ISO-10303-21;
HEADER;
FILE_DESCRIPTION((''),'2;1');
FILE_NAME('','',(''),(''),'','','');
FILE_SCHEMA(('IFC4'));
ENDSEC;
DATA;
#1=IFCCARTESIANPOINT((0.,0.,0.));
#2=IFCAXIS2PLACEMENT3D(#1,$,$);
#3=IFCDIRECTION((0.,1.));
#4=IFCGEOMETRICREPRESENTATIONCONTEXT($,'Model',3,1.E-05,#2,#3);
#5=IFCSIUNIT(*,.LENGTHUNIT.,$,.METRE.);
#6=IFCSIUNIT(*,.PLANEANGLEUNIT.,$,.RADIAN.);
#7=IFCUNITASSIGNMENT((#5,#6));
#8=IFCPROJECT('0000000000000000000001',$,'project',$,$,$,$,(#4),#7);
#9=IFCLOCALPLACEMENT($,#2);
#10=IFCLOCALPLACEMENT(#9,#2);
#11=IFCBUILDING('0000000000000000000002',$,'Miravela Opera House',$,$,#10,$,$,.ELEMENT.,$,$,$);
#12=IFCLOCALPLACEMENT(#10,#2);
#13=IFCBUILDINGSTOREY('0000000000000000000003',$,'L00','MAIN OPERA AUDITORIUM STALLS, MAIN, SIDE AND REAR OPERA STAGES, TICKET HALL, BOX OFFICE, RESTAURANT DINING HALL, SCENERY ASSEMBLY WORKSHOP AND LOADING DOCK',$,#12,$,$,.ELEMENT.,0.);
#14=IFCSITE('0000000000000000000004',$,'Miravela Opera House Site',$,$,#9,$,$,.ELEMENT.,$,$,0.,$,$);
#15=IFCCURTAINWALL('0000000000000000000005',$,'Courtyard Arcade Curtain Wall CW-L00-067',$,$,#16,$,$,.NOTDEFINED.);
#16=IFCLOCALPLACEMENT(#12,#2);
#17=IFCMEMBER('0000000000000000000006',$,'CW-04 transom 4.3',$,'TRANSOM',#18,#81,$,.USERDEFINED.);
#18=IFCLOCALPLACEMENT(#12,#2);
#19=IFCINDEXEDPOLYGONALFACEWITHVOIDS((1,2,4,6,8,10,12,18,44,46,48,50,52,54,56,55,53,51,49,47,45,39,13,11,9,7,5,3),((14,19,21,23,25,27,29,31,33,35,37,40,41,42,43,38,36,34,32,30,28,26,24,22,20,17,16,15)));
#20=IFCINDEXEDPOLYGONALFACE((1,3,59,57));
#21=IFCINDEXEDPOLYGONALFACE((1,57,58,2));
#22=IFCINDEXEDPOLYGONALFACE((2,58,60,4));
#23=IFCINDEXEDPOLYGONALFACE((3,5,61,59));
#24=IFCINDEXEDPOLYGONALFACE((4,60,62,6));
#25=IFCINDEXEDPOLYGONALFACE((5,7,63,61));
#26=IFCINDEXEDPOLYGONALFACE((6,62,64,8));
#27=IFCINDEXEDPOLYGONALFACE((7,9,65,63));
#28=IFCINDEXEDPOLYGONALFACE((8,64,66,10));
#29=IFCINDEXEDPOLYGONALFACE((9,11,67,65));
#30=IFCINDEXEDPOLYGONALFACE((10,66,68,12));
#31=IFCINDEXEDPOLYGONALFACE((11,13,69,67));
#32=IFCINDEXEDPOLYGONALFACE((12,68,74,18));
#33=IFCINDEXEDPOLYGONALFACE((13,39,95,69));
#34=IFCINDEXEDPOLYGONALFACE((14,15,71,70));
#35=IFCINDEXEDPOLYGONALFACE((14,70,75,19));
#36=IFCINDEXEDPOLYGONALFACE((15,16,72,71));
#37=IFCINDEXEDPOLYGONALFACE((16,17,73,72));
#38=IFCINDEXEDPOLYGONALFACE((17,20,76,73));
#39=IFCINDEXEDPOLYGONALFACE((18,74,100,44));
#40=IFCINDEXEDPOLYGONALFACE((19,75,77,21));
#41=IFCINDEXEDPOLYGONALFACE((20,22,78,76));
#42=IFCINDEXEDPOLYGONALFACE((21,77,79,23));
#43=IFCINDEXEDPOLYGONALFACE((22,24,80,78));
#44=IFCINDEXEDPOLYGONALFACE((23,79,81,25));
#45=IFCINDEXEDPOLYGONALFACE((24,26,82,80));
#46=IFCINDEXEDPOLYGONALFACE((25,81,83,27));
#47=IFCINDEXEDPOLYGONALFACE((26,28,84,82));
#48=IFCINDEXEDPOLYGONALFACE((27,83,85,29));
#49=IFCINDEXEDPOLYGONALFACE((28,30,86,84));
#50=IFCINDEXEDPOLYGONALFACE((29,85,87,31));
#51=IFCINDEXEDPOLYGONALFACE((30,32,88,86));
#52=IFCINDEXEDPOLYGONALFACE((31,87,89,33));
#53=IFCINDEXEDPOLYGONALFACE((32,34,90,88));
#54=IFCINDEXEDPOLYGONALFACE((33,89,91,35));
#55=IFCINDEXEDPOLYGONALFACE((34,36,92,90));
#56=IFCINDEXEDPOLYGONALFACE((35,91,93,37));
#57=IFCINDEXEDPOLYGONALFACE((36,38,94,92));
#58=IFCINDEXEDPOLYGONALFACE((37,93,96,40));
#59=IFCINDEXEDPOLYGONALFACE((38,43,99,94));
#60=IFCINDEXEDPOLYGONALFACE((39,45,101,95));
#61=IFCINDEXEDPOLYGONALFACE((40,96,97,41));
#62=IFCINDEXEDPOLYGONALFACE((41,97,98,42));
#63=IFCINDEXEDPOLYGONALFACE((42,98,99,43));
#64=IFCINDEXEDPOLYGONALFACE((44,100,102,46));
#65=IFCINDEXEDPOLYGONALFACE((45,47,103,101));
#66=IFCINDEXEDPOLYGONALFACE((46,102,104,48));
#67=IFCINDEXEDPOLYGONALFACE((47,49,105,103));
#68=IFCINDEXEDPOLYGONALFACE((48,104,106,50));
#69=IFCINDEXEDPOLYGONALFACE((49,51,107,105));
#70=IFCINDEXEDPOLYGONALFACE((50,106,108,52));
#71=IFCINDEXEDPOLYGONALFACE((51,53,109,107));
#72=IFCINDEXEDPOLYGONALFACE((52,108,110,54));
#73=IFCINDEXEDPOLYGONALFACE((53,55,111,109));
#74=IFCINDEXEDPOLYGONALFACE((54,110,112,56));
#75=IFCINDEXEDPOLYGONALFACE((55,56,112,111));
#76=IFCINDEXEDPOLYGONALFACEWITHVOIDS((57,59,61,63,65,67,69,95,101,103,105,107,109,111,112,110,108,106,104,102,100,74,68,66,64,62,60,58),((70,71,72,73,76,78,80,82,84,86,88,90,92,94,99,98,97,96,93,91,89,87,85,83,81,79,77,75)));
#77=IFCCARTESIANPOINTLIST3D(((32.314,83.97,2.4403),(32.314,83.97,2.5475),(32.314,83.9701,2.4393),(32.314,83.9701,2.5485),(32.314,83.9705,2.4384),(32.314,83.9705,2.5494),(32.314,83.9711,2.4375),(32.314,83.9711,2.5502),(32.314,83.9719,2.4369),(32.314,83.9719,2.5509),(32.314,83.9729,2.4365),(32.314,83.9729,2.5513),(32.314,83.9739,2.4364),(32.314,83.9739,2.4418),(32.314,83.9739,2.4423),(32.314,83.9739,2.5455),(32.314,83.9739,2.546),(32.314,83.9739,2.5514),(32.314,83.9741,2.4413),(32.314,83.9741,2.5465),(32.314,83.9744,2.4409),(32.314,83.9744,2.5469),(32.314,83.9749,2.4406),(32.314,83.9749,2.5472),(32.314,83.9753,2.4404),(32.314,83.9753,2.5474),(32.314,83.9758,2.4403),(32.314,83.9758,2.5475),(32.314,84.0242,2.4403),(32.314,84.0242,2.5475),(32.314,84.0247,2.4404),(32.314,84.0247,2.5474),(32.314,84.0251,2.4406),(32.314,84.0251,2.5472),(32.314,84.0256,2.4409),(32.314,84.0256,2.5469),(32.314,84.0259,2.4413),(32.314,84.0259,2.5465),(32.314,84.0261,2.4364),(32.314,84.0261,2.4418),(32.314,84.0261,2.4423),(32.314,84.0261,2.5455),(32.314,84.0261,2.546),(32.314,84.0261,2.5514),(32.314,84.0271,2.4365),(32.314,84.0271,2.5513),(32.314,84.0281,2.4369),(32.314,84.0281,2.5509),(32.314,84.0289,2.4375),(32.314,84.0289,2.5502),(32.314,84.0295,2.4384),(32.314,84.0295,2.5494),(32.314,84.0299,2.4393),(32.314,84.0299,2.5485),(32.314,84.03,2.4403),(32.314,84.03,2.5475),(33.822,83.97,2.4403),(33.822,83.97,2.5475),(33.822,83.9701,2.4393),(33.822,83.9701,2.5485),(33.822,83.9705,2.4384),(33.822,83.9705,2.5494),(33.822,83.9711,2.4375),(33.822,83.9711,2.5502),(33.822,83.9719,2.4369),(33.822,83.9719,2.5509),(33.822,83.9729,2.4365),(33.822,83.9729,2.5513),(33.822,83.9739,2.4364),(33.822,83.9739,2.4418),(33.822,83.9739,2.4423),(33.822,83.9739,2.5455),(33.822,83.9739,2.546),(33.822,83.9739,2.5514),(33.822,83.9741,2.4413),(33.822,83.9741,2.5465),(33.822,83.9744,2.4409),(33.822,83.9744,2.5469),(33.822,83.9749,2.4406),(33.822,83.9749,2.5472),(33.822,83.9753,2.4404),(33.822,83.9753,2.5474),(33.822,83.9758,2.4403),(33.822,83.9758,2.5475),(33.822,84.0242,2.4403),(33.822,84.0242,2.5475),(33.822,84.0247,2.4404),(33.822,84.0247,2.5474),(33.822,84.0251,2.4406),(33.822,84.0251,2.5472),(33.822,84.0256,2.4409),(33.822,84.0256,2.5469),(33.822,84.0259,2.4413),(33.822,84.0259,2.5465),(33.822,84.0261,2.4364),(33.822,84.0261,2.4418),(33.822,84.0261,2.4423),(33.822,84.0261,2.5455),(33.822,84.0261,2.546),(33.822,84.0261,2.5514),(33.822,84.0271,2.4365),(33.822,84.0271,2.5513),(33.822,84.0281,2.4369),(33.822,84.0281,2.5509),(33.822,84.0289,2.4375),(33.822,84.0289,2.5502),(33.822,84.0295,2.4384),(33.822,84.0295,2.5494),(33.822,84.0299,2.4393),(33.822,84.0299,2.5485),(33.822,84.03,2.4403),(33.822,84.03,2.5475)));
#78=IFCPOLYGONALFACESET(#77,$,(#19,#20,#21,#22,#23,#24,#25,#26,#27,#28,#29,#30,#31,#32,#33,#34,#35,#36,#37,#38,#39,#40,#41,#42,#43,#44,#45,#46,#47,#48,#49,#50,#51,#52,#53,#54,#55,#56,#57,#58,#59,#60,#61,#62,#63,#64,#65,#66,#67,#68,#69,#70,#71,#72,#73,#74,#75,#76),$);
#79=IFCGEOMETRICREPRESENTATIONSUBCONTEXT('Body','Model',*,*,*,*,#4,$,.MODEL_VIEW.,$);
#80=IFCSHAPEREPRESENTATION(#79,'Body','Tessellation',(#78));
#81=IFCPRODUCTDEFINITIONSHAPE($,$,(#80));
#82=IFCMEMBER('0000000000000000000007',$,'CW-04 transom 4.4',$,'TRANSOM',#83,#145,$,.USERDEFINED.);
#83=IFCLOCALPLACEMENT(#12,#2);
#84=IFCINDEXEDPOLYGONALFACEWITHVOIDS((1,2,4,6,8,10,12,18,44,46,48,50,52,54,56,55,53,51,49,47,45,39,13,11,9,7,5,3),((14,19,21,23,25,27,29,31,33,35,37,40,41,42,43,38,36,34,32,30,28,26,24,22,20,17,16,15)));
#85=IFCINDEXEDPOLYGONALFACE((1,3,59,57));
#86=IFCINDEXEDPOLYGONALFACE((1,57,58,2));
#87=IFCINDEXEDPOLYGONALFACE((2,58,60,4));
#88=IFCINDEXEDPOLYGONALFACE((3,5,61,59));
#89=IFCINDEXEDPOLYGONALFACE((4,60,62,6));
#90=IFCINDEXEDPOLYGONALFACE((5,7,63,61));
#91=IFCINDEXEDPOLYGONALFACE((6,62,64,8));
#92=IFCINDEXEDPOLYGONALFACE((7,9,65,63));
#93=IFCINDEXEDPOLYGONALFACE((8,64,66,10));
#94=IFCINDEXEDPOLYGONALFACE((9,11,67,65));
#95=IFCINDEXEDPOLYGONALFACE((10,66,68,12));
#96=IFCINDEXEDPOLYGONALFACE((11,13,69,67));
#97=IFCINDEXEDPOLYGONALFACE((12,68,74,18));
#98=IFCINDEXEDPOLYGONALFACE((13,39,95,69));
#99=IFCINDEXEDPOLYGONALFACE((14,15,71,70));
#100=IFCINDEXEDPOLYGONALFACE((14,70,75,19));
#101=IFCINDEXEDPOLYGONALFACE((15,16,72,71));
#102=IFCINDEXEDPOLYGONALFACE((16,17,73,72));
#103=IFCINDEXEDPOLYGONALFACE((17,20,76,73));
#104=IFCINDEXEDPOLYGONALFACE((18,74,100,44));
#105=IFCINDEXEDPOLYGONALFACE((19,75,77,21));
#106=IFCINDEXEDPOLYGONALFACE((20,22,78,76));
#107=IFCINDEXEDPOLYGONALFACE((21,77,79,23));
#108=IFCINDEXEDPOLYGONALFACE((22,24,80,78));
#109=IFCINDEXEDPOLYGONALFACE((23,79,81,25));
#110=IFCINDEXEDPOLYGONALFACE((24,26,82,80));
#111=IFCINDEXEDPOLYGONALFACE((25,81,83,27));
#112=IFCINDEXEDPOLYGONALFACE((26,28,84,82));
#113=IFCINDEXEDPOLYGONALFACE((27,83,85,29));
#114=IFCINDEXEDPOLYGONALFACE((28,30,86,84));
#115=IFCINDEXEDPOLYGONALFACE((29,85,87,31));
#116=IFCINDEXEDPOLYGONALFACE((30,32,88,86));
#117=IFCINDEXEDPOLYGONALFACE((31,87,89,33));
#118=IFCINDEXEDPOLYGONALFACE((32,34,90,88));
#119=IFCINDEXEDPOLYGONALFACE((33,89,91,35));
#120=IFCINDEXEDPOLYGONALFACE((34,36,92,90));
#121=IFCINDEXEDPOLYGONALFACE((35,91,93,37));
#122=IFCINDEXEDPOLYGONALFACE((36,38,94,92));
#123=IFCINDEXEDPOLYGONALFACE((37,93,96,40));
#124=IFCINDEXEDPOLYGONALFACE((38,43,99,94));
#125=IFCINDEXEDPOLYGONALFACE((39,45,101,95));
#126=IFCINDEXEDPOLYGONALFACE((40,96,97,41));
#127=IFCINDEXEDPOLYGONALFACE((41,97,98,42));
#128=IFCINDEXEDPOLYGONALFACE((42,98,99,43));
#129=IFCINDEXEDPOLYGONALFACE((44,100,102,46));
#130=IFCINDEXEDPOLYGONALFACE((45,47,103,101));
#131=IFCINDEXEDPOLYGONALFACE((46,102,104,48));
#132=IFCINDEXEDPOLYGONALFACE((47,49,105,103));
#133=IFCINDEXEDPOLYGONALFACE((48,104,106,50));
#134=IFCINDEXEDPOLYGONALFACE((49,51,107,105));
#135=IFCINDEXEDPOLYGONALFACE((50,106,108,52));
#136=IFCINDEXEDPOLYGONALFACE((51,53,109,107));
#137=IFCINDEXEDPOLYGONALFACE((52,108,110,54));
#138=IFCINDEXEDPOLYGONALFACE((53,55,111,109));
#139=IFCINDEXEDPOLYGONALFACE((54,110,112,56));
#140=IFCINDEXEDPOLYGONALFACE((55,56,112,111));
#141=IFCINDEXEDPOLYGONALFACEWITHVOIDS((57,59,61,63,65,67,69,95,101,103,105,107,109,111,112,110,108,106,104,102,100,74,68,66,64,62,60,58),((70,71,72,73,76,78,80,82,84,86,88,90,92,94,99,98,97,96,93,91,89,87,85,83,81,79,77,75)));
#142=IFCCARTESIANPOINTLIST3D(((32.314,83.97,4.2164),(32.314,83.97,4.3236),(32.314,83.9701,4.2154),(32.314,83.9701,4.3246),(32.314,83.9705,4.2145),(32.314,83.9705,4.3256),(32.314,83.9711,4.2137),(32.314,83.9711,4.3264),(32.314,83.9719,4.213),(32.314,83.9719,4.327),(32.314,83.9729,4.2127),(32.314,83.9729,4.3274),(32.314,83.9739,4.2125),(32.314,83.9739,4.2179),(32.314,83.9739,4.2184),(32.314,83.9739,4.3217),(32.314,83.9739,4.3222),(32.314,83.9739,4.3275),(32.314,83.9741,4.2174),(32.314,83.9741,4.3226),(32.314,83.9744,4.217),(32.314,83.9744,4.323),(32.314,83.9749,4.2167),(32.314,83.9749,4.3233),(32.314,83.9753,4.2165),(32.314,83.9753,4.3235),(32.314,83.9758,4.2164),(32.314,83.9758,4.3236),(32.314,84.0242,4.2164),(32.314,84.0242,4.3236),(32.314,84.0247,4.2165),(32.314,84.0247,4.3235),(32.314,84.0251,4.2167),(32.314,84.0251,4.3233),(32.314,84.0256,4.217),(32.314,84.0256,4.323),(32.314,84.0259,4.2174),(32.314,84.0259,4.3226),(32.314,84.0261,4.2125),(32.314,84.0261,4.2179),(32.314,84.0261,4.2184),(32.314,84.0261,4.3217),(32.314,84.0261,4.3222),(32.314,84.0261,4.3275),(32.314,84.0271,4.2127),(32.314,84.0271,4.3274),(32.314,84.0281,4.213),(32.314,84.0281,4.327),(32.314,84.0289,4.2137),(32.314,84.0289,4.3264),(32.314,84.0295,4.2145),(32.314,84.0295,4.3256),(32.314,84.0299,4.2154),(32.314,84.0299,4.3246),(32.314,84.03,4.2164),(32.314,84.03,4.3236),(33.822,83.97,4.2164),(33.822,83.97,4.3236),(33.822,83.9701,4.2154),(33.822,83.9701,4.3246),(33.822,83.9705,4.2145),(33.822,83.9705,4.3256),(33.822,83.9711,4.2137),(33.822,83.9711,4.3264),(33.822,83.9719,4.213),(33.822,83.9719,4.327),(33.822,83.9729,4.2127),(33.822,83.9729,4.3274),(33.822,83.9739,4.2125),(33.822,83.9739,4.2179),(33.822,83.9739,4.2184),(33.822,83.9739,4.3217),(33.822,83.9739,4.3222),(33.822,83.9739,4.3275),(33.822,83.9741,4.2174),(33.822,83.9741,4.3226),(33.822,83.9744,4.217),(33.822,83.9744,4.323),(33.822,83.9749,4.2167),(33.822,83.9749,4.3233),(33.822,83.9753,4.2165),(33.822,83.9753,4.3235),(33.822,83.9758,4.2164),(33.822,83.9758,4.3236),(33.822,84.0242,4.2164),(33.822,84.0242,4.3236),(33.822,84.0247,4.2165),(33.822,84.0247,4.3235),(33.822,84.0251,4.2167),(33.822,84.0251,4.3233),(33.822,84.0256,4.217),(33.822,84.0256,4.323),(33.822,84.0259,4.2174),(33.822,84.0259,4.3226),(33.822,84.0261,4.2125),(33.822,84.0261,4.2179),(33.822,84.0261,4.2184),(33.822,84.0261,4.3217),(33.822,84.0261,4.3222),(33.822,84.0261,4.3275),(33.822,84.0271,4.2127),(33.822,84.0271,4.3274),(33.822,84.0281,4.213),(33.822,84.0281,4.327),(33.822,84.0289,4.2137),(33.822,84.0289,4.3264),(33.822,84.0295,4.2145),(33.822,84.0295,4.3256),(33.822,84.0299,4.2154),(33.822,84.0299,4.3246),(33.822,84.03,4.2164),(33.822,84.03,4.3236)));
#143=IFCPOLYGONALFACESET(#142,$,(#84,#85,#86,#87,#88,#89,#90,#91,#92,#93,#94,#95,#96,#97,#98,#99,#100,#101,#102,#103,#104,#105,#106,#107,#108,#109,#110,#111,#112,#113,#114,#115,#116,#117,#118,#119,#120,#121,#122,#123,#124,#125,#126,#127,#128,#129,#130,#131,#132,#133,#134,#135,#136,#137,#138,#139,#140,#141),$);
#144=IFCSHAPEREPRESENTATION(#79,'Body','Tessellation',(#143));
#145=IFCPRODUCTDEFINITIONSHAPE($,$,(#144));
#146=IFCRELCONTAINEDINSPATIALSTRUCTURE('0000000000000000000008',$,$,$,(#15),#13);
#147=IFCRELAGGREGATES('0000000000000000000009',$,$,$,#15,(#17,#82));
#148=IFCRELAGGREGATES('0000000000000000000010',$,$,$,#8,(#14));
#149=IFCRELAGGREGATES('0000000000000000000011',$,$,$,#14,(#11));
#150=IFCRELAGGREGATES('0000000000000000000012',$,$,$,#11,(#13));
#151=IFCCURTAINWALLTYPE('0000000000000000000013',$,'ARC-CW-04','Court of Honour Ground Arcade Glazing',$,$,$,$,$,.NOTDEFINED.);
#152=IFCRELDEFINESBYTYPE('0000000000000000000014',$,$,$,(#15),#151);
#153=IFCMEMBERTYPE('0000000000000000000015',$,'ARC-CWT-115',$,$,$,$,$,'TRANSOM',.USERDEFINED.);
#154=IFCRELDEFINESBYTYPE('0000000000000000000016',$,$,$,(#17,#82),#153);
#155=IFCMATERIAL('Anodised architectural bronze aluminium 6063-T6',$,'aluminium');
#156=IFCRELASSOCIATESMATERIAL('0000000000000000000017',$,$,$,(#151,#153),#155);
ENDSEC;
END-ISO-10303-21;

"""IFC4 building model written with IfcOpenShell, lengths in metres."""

from ifc_helpers import new_model, si_unit, direction, frame, origin, origin_2d, place, context, subcontext, project, spatial, hollow_rectangle, extrude, material, material_profile, profile_set, type_object, element, aggregate, save


model = new_model("IFC4")

# Units and contexts
model_context = context("Model", 3, precision=1e-05, world=origin(), true_north=direction((0.0, 1.0)))
body_context = subcontext(model_context, "Body", "Model", "MODEL_VIEW")
ifc_project = project(units=[si_unit("LENGTHUNIT", "METRE"), si_unit("PLANEANGLEUNIT", "RADIAN")], contexts=[model_context])

# Site, building, storey
site_placement = place(None, origin())
site = spatial("IfcSite", under=ifc_project, at=site_placement, Name="Miravela Opera House Site", CompositionType="ELEMENT", RefElevation=0.0)
building_placement = place(site_placement, origin())
building = spatial("IfcBuilding", under=site, at=building_placement, Name="Miravela Opera House", CompositionType="ELEMENT")
storey_placement = place(building_placement, origin())
storey = spatial("IfcBuildingStorey", under=building, at=storey_placement, Name="L00", Description="MAIN OPERA AUDITORIUM STALLS, MAIN, SIDE AND REAR OPERA STAGES, TICKET HALL, BOX OFFICE, RESTAURANT DINING HALL, SCENERY ASSEMBLY WORKSHOP AND LOADING DOCK", CompositionType="ELEMENT", Elevation=0.0)

# Curtain wall, members
ifc_material_1 = material(Name="Anodised architectural bronze aluminium 6063-T6", Category="aluminium")
curtain_wall_type = type_object("IfcCurtainWallType", Name="ARC-CW-04", Description="Court of Honour Ground Arcade Glazing", PredefinedType="NOTDEFINED", material=ifc_material_1)
curtain_wall_placement = place(storey_placement, origin())
curtain_wall = element("IfcCurtainWall", 1, at=curtain_wall_placement, inside=storey, type_object=curtain_wall_type, Name="Courtyard Arcade Curtain Wall CW-L00-067", PredefinedType="NOTDEFINED")
ifc_material_profile_1 = material_profile(ifc_material_1, hollow_rectangle(XDim=0.0601, YDim=0.115, WallThickness=0.0039, InnerFilletRadius=0.002, OuterFilletRadius=0.0039, at=origin_2d()), Name="CWT-60X115")
ifc_profile_set_1 = profile_set([ifc_material_profile_1])
member_type_1 = type_object("IfcMemberType", Name="ARC-CWT-115", ElementType="TRANSOM", PredefinedType="USERDEFINED", material=ifc_profile_set_1)
member_1_placement = place(storey_placement, frame((32.314, 84.0, 2.4939), z_axis=(1.0, 0.0, 0.0), x_axis=(0.0, 1.0, 0.0)))
member_1 = element("IfcMember", 2, at=member_1_placement, type_object=member_type_1, Name="CW-04 transom 4.3", ObjectType="TRANSOM", PredefinedType="USERDEFINED", context=body_context, shape_type="SweptSolid", body=[
    extrude(hollow_rectangle(XDim=0.0601, YDim=0.115, WallThickness=0.0039, InnerFilletRadius=0.002, OuterFilletRadius=0.0039, at=origin_2d()), origin(), (0.0, 0.0, 1.0), 1.5081),
])
member_2_placement = place(storey_placement, frame((32.314, 84.0, 4.27), z_axis=(1.0, 0.0, 0.0), x_axis=(0.0, 1.0, 0.0)))
member_2 = element("IfcMember", 3, at=member_2_placement, type_object=member_type_1, Name="CW-04 transom 4.4", ObjectType="TRANSOM", PredefinedType="USERDEFINED", context=body_context, shape_type="SweptSolid", body=[
    extrude(hollow_rectangle(XDim=0.0601, YDim=0.115, WallThickness=0.0039, InnerFilletRadius=0.002, OuterFilletRadius=0.0039, at=origin_2d()), origin(), (0.0, 0.0, 1.0), 1.5081),
])
aggregate(curtain_wall, [member_1, member_2])

save(model, "model.ifc")
